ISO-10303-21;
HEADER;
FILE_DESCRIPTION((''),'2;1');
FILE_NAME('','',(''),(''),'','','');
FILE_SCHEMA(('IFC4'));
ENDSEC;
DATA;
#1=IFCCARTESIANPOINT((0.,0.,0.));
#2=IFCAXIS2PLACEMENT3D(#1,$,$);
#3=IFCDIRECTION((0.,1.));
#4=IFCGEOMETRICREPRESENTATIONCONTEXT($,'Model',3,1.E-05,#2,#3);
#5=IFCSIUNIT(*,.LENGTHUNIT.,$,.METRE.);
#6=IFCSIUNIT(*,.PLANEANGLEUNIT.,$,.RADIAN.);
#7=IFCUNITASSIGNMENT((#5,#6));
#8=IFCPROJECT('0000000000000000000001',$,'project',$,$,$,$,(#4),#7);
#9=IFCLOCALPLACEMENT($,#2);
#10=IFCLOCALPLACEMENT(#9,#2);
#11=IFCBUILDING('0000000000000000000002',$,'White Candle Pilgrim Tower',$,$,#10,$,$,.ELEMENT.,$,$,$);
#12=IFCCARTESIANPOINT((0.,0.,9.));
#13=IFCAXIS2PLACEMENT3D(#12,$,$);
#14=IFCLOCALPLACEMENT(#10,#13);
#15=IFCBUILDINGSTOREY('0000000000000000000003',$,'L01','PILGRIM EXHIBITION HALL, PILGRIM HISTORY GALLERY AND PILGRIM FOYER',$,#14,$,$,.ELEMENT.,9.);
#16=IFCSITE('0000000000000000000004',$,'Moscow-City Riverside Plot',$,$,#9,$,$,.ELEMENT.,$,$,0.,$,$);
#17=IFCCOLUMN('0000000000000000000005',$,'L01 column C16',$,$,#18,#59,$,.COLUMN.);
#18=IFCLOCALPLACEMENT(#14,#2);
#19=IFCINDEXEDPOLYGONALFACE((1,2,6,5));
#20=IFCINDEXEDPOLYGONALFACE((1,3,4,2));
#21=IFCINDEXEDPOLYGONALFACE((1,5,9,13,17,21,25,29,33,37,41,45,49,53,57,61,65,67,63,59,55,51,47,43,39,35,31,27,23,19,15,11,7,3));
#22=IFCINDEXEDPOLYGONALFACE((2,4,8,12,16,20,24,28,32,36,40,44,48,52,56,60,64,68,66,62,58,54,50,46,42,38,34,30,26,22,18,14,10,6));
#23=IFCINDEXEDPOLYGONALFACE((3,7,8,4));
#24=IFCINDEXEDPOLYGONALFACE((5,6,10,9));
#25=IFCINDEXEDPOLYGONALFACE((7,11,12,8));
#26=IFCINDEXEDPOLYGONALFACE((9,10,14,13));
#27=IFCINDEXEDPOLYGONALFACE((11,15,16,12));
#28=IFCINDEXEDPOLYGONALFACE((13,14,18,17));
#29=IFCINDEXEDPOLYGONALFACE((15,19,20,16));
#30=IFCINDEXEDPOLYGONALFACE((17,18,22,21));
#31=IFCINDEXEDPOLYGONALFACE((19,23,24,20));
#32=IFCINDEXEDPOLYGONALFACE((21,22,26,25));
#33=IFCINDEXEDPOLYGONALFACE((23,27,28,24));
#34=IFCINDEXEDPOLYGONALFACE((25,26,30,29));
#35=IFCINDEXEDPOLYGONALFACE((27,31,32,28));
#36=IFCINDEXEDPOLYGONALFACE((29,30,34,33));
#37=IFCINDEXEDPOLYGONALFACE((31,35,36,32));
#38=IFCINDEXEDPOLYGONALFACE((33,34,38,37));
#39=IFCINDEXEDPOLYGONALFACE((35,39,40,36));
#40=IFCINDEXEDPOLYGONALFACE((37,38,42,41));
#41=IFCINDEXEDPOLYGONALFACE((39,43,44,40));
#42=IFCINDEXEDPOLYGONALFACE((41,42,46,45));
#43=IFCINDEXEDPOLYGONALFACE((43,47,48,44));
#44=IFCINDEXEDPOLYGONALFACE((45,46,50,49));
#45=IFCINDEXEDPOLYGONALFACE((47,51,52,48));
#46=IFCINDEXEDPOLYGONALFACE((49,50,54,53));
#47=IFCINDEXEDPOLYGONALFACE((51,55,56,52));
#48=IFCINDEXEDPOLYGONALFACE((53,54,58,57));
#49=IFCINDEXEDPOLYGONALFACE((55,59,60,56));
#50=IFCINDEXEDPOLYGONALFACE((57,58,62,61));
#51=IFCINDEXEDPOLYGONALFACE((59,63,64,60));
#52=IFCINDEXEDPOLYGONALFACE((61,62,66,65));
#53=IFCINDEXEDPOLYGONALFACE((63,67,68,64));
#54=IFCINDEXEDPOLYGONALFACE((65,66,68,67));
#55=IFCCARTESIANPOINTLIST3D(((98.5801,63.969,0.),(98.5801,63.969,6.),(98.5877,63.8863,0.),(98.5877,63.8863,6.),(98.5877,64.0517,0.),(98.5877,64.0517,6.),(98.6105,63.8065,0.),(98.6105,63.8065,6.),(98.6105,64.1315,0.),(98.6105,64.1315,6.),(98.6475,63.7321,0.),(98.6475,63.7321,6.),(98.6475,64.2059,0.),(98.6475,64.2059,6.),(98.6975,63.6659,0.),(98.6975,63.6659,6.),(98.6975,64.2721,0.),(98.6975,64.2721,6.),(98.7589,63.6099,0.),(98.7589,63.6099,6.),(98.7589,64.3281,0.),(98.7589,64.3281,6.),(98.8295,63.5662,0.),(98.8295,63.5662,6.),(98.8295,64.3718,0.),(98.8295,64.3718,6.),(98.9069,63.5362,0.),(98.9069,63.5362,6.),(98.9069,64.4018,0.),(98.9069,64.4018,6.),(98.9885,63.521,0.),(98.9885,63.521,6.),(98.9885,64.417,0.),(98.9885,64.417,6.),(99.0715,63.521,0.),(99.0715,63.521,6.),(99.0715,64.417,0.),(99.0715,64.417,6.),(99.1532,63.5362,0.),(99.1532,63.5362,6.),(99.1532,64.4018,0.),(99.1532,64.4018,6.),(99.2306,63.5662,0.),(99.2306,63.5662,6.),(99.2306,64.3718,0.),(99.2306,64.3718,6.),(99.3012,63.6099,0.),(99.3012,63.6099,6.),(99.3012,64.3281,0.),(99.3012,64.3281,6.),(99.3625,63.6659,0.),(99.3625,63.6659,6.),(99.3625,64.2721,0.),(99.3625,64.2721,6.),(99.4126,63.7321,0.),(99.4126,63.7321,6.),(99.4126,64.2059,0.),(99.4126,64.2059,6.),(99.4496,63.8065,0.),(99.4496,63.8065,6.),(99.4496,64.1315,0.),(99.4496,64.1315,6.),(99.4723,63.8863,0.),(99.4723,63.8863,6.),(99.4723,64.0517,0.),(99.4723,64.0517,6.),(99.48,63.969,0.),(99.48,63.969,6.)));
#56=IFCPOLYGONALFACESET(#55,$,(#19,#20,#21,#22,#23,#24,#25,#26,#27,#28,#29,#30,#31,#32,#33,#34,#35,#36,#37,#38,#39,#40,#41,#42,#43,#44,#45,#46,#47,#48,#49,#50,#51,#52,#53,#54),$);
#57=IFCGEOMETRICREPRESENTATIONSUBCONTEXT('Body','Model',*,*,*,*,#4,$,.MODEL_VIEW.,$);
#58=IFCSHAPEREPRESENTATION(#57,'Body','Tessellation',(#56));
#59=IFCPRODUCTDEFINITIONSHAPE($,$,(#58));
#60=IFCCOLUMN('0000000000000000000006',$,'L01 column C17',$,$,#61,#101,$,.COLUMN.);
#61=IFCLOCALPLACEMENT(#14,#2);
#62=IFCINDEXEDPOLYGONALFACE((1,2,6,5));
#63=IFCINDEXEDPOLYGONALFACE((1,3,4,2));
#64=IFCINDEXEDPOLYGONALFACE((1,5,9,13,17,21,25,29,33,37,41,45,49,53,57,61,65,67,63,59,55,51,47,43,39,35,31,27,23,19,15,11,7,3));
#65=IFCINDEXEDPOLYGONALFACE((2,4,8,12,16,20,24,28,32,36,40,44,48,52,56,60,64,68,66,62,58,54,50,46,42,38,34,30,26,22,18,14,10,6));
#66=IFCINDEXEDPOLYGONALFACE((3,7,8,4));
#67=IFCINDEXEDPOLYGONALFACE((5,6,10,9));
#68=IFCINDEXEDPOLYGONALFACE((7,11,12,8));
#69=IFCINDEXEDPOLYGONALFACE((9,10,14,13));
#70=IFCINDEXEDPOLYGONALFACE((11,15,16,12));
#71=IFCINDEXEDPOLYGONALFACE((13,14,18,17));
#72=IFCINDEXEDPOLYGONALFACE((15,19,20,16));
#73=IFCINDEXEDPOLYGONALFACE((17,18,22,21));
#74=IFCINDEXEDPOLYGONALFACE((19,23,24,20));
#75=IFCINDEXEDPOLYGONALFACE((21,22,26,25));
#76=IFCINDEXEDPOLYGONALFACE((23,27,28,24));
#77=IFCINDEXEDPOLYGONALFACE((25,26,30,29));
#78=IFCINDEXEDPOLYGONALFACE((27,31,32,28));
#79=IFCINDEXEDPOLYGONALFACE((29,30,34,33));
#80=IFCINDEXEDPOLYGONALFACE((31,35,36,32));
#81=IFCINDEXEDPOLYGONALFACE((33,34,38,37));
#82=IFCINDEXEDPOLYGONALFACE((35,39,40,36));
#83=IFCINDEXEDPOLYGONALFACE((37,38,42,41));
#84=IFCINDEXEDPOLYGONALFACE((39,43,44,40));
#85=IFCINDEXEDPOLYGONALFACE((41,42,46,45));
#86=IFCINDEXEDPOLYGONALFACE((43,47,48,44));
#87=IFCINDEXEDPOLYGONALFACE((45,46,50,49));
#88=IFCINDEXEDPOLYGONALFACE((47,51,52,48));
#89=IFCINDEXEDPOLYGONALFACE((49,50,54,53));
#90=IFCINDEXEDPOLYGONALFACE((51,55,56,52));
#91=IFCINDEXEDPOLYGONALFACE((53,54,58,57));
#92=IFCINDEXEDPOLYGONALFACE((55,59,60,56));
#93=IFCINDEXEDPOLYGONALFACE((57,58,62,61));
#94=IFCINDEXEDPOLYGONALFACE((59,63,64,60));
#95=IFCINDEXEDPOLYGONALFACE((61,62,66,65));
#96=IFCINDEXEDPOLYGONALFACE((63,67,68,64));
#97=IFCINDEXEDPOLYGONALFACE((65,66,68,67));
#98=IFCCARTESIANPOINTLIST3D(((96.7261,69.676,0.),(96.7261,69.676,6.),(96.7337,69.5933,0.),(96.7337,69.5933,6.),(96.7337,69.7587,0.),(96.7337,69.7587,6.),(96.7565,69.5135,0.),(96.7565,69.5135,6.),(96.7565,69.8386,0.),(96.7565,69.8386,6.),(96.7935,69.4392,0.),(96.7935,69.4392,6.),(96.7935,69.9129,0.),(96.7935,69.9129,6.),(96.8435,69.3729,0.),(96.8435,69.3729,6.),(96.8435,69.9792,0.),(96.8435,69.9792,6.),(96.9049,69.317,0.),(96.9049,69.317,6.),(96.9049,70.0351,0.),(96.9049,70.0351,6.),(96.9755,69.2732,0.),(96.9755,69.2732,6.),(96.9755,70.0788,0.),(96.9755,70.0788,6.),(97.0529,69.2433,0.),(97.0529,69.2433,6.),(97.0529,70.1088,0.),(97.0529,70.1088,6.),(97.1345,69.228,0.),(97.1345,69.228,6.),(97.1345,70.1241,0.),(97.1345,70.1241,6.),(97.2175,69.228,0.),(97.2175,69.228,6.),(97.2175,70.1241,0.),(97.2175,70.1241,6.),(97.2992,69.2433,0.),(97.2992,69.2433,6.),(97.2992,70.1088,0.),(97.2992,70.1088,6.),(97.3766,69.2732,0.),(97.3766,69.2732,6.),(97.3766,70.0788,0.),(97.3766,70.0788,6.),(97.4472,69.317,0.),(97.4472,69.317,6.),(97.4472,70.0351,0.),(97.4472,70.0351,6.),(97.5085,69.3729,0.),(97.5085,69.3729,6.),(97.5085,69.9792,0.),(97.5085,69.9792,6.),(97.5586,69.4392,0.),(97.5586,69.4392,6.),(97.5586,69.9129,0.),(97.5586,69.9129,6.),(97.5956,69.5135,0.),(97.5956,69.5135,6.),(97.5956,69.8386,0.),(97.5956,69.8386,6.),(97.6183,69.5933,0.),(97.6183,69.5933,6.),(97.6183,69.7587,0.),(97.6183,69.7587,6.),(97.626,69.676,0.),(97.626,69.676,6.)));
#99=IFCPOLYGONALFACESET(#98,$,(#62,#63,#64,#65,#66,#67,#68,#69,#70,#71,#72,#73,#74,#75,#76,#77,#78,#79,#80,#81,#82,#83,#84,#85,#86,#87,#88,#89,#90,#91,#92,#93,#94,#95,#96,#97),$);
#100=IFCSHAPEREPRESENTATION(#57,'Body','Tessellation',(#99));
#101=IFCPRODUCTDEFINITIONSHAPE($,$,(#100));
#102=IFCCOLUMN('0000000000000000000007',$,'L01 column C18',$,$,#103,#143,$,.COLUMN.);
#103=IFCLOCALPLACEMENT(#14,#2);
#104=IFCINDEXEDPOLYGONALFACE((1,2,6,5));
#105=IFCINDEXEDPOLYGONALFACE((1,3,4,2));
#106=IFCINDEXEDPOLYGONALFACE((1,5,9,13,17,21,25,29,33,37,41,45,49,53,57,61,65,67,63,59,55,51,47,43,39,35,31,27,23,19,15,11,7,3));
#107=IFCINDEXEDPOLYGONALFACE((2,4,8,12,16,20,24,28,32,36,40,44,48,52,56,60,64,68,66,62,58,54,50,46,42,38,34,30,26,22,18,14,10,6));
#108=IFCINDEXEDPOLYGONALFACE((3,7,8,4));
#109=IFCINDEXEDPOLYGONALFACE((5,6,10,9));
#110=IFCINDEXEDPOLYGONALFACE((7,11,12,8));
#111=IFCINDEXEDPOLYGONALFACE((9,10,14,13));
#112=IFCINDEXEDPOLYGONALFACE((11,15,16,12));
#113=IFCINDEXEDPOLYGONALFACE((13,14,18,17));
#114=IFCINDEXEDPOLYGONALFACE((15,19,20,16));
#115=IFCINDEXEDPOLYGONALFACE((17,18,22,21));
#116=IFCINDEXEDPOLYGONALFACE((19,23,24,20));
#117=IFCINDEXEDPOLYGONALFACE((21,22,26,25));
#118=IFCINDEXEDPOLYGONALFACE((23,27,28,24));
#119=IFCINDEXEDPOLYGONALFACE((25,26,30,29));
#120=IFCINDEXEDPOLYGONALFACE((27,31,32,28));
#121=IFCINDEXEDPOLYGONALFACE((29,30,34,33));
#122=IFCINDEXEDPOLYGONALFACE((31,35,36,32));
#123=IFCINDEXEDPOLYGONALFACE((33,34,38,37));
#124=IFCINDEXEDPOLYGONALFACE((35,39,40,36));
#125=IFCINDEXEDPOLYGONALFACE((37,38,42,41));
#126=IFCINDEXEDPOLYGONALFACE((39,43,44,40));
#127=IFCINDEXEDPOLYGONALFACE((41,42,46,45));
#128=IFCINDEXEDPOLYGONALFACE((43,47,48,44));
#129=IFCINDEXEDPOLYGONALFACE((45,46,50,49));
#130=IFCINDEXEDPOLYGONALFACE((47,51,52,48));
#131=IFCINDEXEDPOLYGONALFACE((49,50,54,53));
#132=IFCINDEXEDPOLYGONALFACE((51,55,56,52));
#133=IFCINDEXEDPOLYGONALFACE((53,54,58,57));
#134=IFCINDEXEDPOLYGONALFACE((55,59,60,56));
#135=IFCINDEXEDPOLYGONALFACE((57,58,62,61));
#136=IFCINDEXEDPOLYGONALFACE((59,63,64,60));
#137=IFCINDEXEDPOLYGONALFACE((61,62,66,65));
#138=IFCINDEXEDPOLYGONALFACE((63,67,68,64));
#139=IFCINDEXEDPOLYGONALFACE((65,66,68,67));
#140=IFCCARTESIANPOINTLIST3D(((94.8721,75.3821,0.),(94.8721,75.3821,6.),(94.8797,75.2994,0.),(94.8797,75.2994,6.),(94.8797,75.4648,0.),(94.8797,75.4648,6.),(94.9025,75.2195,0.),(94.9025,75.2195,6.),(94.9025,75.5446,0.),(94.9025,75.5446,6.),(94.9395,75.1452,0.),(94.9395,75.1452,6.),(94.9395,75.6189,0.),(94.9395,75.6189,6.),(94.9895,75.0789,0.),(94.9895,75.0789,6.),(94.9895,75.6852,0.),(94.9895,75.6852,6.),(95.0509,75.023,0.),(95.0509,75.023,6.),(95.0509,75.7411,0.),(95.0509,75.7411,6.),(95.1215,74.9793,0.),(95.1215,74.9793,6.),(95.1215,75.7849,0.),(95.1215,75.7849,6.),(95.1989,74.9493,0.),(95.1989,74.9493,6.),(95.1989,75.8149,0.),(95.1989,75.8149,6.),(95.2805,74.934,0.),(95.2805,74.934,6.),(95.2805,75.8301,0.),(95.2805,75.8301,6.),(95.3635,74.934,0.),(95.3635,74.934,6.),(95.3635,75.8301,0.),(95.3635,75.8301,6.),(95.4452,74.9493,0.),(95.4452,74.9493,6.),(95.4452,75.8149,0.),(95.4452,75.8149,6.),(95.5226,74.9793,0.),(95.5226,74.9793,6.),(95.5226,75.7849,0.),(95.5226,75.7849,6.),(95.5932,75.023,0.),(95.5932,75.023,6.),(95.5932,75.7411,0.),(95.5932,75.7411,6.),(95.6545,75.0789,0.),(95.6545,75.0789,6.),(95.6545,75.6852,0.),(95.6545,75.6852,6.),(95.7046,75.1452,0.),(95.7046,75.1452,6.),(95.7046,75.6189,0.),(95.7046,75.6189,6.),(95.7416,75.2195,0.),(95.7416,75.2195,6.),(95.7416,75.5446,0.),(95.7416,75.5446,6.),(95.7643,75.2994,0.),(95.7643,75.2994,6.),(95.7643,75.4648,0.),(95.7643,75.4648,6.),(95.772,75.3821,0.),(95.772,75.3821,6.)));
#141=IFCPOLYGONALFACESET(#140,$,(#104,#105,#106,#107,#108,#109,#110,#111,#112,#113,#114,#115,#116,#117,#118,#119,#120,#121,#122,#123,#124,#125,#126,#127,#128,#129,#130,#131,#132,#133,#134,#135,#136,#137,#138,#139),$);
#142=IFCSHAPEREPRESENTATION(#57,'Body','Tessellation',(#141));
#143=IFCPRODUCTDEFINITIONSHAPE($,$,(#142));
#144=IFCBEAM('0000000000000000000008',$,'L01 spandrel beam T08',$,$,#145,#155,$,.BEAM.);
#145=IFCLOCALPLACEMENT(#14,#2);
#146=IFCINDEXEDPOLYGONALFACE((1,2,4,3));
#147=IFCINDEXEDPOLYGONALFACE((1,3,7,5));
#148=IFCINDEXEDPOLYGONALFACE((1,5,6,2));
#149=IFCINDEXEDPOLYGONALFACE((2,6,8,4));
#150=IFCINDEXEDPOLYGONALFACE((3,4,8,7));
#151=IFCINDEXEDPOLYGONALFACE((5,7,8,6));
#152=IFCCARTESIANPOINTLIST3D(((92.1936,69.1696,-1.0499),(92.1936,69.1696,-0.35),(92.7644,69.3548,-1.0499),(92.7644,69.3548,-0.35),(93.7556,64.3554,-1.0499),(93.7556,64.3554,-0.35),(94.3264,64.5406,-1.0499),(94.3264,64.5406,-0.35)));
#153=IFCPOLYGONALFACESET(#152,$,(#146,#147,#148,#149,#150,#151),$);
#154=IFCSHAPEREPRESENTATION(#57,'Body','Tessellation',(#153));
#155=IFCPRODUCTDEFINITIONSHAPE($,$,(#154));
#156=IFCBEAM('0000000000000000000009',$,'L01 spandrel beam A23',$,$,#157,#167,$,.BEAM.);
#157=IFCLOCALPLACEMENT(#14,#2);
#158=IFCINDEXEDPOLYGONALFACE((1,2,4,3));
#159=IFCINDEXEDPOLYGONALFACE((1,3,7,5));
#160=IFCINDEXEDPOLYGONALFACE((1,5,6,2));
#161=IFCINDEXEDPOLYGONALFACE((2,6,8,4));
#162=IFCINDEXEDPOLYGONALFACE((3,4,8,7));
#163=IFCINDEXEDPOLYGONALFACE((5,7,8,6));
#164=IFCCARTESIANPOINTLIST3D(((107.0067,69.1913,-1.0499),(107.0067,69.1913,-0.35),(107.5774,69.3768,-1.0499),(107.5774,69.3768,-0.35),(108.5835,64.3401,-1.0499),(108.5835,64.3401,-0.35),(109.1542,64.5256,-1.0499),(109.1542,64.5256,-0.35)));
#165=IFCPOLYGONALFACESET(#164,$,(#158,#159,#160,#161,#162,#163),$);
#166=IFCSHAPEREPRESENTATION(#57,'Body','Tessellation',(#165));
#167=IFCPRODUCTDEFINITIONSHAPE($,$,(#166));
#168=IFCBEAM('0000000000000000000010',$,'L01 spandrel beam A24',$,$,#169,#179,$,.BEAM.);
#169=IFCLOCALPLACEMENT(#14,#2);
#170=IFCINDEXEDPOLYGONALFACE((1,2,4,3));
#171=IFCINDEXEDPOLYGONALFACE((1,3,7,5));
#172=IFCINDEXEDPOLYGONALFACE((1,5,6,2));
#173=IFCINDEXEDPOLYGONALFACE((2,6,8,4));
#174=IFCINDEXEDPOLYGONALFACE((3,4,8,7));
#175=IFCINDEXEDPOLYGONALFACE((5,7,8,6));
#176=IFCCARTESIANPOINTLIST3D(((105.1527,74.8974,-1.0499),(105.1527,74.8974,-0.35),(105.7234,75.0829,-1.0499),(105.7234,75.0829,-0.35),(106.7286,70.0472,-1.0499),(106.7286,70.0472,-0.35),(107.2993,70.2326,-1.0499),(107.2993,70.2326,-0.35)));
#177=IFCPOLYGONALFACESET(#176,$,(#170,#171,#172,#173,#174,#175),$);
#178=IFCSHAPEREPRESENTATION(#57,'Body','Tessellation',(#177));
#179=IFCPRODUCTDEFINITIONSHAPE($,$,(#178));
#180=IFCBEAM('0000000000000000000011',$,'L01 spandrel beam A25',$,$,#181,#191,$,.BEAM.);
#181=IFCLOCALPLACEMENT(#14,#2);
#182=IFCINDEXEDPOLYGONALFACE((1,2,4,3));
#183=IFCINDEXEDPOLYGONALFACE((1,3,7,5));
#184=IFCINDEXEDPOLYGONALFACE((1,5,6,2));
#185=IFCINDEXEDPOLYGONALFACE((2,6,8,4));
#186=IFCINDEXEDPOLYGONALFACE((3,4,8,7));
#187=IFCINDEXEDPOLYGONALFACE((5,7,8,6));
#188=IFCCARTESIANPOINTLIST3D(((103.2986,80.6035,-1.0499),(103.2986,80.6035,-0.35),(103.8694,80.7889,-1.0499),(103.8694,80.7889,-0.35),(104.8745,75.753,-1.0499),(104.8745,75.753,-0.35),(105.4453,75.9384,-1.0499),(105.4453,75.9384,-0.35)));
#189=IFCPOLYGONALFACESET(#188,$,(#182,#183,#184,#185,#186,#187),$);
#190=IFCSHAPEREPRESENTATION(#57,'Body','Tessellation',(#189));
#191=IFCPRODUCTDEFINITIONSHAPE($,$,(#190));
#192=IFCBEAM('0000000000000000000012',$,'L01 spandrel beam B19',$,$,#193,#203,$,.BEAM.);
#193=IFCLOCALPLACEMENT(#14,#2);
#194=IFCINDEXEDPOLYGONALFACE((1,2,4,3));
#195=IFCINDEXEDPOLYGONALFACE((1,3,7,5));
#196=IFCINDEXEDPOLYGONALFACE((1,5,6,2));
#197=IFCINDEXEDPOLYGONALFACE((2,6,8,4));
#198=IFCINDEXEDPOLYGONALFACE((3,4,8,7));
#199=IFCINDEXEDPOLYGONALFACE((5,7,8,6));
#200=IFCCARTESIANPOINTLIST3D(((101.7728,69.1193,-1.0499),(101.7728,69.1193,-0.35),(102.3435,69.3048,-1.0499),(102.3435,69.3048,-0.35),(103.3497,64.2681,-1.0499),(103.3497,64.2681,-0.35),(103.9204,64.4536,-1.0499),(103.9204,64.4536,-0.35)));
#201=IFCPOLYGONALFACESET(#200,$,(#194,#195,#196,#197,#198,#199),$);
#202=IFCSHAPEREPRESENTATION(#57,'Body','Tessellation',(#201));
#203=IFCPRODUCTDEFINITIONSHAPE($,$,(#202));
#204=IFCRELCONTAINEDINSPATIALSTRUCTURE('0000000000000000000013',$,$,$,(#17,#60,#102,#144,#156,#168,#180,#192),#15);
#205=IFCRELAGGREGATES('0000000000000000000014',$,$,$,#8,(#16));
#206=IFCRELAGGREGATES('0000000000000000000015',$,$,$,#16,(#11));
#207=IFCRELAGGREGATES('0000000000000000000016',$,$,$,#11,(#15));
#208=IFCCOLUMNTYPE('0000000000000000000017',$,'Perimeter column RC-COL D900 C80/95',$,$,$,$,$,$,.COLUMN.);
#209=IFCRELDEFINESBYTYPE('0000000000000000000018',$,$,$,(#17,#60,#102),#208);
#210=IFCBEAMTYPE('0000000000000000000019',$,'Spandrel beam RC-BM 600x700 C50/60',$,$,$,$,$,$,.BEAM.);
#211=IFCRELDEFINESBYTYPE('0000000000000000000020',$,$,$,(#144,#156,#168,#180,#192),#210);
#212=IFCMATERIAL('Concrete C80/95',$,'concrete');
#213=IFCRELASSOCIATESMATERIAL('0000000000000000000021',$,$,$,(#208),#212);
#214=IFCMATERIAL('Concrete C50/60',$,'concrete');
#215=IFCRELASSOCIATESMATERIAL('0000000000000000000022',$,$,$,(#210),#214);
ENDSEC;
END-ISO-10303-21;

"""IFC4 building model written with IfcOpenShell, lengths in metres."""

from ifc_helpers import new_model, si_unit, direction, frame, origin, origin_2d, place, context, subcontext, project, spatial, rectangle, circle, extrude, material, material_profile, profile_set, type_object, element, save


model = new_model("IFC4")

# Units and contexts
model_context = context("Model", 3, precision=1e-05, world=origin(), true_north=direction((0.0, 1.0)))
body_context = subcontext(model_context, "Body", "Model", "MODEL_VIEW")
ifc_project = project(units=[si_unit("LENGTHUNIT", "METRE"), si_unit("PLANEANGLEUNIT", "RADIAN")], contexts=[model_context])

# Site, building, storey
site_placement = place(None, origin())
site = spatial("IfcSite", under=ifc_project, at=site_placement, Name="Moscow-City Riverside Plot", CompositionType="ELEMENT", RefElevation=0.0)
building_placement = place(site_placement, origin())
building = spatial("IfcBuilding", under=site, at=building_placement, Name="White Candle Pilgrim Tower", CompositionType="ELEMENT")
storey_placement = place(building_placement, frame((0.0, 0.0, 9.0)))
storey = spatial("IfcBuildingStorey", under=building, at=storey_placement, Name="L01", Description="PILGRIM EXHIBITION HALL, PILGRIM HISTORY GALLERY AND PILGRIM FOYER", CompositionType="ELEMENT", Elevation=9.0)

# Columns
ifc_material_1 = material(Name="Concrete C80/95", Category="concrete")
ifc_material_profile_1 = material_profile(ifc_material_1, circle(Radius=0.45, at=origin_2d()), Name="RC-COL D900")
ifc_profile_set_1 = profile_set([ifc_material_profile_1], Name="Concrete C80/95")
column_type = type_object("IfcColumnType", Name="Perimeter column RC-COL D900 C80/95", PredefinedType="COLUMN", material=ifc_profile_set_1)
for number, where, z_axis, x_axis, name in (
    (1, (99.03, 63.969, 0.0), (0.0, 0.0, 1.0), (1.0, 0.0, 0.0), "L01 column C16"),
    (2, (97.176, 69.676, 0.0), (0.0, 0.0, 1.0), (1.0, 0.0, 0.0), "L01 column C17"),
    (3, (95.322, 75.3821, 0.0), (0.0, 0.0, 1.0), (1.0, 0.0, 0.0), "L01 column C18"),
):
    element("IfcColumn", number, at=place(storey_placement, frame(where, z_axis=z_axis, x_axis=x_axis)), inside=storey, type_object=column_type, Name=name, PredefinedType="COLUMN", context=body_context, shape_type="SweptSolid", body=[
        extrude(circle(Radius=0.45, at=origin_2d()), origin(), (0.0, 0.0, 1.0), 6.0),
    ])

# Beams
ifc_material_2 = material(Name="Concrete C50/60", Category="concrete")
ifc_material_profile_2 = material_profile(ifc_material_2, rectangle(XDim=0.6001, YDim=0.7, at=origin_2d()), Name="RC-BM 600x700")
ifc_profile_set_2 = profile_set([ifc_material_profile_2], Name="Concrete C50/60")
beam_type = type_object("IfcBeamType", Name="Spandrel beam RC-BM 600x700 C50/60", PredefinedType="BEAM", material=ifc_profile_set_2)
beam_1_placement = place(storey_placement, frame((94.041, 64.448, -0.7), z_axis=(-0.30862, 0.951185, 0.0), x_axis=(-0.951185, -0.30862, 0.0)))
element("IfcBeam", 4, at=beam_1_placement, inside=storey, type_object=beam_type, Name="L01 spandrel beam T08", PredefinedType="BEAM", context=body_context, shape_type="SweptSolid", body=[
    extrude(rectangle(XDim=0.6001, YDim=0.7, at=origin_2d()), origin(), (0.0, 0.0, 1.0), 5.0613),
])
beam_2_placement = place(storey_placement, frame((108.8689, 64.4329, -0.7), z_axis=(-0.309126, 0.951021, 0.0), x_axis=(-0.951021, -0.309126, 0.0)))
element("IfcBeam", 5, at=beam_2_placement, inside=storey, type_object=beam_type, Name="L01 spandrel beam A23", PredefinedType="BEAM", context=body_context, shape_type="SweptSolid", body=[
    extrude(rectangle(XDim=0.6001, YDim=0.7, at=origin_2d()), origin(), (0.0, 0.0, 1.0), 5.1011),
])
beam_3_placement = place(storey_placement, frame((107.0139, 70.1399, -0.7), z_axis=(-0.309009, 0.951059, 0.0), x_axis=(-0.951059, -0.309009, 0.0)))
element("IfcBeam", 6, at=beam_3_placement, inside=storey, type_object=beam_type, Name="L01 spandrel beam A24", PredefinedType="BEAM", context=body_context, shape_type="SweptSolid", body=[
    extrude(rectangle(XDim=0.6001, YDim=0.7, at=origin_2d()), origin(), (0.0, 0.0, 1.0), 5.0999),
])
beam_4_placement = place(storey_placement, frame((105.1599, 75.8457, -0.7), z_axis=(-0.308995, 0.951064, 0.0), x_axis=(-0.951064, -0.308995, 0.0)))
element("IfcBeam", 7, at=beam_4_placement, inside=storey, type_object=beam_type, Name="L01 spandrel beam A25", PredefinedType="BEAM", context=body_context, shape_type="SweptSolid", body=[
    extrude(rectangle(XDim=0.6001, YDim=0.7, at=origin_2d()), origin(), (0.0, 0.0, 1.0), 5.1001),
])
beam_5_placement = place(storey_placement, frame((103.635, 64.3608, -0.7), z_axis=(-0.309126, 0.951021, 0.0), x_axis=(-0.951021, -0.309126, 0.0)))
element("IfcBeam", 8, at=beam_5_placement, inside=storey, type_object=beam_type, Name="L01 spandrel beam B19", PredefinedType="BEAM", context=body_context, shape_type="SweptSolid", body=[
    extrude(rectangle(XDim=0.6001, YDim=0.7, at=origin_2d()), origin(), (0.0, 0.0, 1.0), 5.1011),
])

save(model, "model.ifc")
